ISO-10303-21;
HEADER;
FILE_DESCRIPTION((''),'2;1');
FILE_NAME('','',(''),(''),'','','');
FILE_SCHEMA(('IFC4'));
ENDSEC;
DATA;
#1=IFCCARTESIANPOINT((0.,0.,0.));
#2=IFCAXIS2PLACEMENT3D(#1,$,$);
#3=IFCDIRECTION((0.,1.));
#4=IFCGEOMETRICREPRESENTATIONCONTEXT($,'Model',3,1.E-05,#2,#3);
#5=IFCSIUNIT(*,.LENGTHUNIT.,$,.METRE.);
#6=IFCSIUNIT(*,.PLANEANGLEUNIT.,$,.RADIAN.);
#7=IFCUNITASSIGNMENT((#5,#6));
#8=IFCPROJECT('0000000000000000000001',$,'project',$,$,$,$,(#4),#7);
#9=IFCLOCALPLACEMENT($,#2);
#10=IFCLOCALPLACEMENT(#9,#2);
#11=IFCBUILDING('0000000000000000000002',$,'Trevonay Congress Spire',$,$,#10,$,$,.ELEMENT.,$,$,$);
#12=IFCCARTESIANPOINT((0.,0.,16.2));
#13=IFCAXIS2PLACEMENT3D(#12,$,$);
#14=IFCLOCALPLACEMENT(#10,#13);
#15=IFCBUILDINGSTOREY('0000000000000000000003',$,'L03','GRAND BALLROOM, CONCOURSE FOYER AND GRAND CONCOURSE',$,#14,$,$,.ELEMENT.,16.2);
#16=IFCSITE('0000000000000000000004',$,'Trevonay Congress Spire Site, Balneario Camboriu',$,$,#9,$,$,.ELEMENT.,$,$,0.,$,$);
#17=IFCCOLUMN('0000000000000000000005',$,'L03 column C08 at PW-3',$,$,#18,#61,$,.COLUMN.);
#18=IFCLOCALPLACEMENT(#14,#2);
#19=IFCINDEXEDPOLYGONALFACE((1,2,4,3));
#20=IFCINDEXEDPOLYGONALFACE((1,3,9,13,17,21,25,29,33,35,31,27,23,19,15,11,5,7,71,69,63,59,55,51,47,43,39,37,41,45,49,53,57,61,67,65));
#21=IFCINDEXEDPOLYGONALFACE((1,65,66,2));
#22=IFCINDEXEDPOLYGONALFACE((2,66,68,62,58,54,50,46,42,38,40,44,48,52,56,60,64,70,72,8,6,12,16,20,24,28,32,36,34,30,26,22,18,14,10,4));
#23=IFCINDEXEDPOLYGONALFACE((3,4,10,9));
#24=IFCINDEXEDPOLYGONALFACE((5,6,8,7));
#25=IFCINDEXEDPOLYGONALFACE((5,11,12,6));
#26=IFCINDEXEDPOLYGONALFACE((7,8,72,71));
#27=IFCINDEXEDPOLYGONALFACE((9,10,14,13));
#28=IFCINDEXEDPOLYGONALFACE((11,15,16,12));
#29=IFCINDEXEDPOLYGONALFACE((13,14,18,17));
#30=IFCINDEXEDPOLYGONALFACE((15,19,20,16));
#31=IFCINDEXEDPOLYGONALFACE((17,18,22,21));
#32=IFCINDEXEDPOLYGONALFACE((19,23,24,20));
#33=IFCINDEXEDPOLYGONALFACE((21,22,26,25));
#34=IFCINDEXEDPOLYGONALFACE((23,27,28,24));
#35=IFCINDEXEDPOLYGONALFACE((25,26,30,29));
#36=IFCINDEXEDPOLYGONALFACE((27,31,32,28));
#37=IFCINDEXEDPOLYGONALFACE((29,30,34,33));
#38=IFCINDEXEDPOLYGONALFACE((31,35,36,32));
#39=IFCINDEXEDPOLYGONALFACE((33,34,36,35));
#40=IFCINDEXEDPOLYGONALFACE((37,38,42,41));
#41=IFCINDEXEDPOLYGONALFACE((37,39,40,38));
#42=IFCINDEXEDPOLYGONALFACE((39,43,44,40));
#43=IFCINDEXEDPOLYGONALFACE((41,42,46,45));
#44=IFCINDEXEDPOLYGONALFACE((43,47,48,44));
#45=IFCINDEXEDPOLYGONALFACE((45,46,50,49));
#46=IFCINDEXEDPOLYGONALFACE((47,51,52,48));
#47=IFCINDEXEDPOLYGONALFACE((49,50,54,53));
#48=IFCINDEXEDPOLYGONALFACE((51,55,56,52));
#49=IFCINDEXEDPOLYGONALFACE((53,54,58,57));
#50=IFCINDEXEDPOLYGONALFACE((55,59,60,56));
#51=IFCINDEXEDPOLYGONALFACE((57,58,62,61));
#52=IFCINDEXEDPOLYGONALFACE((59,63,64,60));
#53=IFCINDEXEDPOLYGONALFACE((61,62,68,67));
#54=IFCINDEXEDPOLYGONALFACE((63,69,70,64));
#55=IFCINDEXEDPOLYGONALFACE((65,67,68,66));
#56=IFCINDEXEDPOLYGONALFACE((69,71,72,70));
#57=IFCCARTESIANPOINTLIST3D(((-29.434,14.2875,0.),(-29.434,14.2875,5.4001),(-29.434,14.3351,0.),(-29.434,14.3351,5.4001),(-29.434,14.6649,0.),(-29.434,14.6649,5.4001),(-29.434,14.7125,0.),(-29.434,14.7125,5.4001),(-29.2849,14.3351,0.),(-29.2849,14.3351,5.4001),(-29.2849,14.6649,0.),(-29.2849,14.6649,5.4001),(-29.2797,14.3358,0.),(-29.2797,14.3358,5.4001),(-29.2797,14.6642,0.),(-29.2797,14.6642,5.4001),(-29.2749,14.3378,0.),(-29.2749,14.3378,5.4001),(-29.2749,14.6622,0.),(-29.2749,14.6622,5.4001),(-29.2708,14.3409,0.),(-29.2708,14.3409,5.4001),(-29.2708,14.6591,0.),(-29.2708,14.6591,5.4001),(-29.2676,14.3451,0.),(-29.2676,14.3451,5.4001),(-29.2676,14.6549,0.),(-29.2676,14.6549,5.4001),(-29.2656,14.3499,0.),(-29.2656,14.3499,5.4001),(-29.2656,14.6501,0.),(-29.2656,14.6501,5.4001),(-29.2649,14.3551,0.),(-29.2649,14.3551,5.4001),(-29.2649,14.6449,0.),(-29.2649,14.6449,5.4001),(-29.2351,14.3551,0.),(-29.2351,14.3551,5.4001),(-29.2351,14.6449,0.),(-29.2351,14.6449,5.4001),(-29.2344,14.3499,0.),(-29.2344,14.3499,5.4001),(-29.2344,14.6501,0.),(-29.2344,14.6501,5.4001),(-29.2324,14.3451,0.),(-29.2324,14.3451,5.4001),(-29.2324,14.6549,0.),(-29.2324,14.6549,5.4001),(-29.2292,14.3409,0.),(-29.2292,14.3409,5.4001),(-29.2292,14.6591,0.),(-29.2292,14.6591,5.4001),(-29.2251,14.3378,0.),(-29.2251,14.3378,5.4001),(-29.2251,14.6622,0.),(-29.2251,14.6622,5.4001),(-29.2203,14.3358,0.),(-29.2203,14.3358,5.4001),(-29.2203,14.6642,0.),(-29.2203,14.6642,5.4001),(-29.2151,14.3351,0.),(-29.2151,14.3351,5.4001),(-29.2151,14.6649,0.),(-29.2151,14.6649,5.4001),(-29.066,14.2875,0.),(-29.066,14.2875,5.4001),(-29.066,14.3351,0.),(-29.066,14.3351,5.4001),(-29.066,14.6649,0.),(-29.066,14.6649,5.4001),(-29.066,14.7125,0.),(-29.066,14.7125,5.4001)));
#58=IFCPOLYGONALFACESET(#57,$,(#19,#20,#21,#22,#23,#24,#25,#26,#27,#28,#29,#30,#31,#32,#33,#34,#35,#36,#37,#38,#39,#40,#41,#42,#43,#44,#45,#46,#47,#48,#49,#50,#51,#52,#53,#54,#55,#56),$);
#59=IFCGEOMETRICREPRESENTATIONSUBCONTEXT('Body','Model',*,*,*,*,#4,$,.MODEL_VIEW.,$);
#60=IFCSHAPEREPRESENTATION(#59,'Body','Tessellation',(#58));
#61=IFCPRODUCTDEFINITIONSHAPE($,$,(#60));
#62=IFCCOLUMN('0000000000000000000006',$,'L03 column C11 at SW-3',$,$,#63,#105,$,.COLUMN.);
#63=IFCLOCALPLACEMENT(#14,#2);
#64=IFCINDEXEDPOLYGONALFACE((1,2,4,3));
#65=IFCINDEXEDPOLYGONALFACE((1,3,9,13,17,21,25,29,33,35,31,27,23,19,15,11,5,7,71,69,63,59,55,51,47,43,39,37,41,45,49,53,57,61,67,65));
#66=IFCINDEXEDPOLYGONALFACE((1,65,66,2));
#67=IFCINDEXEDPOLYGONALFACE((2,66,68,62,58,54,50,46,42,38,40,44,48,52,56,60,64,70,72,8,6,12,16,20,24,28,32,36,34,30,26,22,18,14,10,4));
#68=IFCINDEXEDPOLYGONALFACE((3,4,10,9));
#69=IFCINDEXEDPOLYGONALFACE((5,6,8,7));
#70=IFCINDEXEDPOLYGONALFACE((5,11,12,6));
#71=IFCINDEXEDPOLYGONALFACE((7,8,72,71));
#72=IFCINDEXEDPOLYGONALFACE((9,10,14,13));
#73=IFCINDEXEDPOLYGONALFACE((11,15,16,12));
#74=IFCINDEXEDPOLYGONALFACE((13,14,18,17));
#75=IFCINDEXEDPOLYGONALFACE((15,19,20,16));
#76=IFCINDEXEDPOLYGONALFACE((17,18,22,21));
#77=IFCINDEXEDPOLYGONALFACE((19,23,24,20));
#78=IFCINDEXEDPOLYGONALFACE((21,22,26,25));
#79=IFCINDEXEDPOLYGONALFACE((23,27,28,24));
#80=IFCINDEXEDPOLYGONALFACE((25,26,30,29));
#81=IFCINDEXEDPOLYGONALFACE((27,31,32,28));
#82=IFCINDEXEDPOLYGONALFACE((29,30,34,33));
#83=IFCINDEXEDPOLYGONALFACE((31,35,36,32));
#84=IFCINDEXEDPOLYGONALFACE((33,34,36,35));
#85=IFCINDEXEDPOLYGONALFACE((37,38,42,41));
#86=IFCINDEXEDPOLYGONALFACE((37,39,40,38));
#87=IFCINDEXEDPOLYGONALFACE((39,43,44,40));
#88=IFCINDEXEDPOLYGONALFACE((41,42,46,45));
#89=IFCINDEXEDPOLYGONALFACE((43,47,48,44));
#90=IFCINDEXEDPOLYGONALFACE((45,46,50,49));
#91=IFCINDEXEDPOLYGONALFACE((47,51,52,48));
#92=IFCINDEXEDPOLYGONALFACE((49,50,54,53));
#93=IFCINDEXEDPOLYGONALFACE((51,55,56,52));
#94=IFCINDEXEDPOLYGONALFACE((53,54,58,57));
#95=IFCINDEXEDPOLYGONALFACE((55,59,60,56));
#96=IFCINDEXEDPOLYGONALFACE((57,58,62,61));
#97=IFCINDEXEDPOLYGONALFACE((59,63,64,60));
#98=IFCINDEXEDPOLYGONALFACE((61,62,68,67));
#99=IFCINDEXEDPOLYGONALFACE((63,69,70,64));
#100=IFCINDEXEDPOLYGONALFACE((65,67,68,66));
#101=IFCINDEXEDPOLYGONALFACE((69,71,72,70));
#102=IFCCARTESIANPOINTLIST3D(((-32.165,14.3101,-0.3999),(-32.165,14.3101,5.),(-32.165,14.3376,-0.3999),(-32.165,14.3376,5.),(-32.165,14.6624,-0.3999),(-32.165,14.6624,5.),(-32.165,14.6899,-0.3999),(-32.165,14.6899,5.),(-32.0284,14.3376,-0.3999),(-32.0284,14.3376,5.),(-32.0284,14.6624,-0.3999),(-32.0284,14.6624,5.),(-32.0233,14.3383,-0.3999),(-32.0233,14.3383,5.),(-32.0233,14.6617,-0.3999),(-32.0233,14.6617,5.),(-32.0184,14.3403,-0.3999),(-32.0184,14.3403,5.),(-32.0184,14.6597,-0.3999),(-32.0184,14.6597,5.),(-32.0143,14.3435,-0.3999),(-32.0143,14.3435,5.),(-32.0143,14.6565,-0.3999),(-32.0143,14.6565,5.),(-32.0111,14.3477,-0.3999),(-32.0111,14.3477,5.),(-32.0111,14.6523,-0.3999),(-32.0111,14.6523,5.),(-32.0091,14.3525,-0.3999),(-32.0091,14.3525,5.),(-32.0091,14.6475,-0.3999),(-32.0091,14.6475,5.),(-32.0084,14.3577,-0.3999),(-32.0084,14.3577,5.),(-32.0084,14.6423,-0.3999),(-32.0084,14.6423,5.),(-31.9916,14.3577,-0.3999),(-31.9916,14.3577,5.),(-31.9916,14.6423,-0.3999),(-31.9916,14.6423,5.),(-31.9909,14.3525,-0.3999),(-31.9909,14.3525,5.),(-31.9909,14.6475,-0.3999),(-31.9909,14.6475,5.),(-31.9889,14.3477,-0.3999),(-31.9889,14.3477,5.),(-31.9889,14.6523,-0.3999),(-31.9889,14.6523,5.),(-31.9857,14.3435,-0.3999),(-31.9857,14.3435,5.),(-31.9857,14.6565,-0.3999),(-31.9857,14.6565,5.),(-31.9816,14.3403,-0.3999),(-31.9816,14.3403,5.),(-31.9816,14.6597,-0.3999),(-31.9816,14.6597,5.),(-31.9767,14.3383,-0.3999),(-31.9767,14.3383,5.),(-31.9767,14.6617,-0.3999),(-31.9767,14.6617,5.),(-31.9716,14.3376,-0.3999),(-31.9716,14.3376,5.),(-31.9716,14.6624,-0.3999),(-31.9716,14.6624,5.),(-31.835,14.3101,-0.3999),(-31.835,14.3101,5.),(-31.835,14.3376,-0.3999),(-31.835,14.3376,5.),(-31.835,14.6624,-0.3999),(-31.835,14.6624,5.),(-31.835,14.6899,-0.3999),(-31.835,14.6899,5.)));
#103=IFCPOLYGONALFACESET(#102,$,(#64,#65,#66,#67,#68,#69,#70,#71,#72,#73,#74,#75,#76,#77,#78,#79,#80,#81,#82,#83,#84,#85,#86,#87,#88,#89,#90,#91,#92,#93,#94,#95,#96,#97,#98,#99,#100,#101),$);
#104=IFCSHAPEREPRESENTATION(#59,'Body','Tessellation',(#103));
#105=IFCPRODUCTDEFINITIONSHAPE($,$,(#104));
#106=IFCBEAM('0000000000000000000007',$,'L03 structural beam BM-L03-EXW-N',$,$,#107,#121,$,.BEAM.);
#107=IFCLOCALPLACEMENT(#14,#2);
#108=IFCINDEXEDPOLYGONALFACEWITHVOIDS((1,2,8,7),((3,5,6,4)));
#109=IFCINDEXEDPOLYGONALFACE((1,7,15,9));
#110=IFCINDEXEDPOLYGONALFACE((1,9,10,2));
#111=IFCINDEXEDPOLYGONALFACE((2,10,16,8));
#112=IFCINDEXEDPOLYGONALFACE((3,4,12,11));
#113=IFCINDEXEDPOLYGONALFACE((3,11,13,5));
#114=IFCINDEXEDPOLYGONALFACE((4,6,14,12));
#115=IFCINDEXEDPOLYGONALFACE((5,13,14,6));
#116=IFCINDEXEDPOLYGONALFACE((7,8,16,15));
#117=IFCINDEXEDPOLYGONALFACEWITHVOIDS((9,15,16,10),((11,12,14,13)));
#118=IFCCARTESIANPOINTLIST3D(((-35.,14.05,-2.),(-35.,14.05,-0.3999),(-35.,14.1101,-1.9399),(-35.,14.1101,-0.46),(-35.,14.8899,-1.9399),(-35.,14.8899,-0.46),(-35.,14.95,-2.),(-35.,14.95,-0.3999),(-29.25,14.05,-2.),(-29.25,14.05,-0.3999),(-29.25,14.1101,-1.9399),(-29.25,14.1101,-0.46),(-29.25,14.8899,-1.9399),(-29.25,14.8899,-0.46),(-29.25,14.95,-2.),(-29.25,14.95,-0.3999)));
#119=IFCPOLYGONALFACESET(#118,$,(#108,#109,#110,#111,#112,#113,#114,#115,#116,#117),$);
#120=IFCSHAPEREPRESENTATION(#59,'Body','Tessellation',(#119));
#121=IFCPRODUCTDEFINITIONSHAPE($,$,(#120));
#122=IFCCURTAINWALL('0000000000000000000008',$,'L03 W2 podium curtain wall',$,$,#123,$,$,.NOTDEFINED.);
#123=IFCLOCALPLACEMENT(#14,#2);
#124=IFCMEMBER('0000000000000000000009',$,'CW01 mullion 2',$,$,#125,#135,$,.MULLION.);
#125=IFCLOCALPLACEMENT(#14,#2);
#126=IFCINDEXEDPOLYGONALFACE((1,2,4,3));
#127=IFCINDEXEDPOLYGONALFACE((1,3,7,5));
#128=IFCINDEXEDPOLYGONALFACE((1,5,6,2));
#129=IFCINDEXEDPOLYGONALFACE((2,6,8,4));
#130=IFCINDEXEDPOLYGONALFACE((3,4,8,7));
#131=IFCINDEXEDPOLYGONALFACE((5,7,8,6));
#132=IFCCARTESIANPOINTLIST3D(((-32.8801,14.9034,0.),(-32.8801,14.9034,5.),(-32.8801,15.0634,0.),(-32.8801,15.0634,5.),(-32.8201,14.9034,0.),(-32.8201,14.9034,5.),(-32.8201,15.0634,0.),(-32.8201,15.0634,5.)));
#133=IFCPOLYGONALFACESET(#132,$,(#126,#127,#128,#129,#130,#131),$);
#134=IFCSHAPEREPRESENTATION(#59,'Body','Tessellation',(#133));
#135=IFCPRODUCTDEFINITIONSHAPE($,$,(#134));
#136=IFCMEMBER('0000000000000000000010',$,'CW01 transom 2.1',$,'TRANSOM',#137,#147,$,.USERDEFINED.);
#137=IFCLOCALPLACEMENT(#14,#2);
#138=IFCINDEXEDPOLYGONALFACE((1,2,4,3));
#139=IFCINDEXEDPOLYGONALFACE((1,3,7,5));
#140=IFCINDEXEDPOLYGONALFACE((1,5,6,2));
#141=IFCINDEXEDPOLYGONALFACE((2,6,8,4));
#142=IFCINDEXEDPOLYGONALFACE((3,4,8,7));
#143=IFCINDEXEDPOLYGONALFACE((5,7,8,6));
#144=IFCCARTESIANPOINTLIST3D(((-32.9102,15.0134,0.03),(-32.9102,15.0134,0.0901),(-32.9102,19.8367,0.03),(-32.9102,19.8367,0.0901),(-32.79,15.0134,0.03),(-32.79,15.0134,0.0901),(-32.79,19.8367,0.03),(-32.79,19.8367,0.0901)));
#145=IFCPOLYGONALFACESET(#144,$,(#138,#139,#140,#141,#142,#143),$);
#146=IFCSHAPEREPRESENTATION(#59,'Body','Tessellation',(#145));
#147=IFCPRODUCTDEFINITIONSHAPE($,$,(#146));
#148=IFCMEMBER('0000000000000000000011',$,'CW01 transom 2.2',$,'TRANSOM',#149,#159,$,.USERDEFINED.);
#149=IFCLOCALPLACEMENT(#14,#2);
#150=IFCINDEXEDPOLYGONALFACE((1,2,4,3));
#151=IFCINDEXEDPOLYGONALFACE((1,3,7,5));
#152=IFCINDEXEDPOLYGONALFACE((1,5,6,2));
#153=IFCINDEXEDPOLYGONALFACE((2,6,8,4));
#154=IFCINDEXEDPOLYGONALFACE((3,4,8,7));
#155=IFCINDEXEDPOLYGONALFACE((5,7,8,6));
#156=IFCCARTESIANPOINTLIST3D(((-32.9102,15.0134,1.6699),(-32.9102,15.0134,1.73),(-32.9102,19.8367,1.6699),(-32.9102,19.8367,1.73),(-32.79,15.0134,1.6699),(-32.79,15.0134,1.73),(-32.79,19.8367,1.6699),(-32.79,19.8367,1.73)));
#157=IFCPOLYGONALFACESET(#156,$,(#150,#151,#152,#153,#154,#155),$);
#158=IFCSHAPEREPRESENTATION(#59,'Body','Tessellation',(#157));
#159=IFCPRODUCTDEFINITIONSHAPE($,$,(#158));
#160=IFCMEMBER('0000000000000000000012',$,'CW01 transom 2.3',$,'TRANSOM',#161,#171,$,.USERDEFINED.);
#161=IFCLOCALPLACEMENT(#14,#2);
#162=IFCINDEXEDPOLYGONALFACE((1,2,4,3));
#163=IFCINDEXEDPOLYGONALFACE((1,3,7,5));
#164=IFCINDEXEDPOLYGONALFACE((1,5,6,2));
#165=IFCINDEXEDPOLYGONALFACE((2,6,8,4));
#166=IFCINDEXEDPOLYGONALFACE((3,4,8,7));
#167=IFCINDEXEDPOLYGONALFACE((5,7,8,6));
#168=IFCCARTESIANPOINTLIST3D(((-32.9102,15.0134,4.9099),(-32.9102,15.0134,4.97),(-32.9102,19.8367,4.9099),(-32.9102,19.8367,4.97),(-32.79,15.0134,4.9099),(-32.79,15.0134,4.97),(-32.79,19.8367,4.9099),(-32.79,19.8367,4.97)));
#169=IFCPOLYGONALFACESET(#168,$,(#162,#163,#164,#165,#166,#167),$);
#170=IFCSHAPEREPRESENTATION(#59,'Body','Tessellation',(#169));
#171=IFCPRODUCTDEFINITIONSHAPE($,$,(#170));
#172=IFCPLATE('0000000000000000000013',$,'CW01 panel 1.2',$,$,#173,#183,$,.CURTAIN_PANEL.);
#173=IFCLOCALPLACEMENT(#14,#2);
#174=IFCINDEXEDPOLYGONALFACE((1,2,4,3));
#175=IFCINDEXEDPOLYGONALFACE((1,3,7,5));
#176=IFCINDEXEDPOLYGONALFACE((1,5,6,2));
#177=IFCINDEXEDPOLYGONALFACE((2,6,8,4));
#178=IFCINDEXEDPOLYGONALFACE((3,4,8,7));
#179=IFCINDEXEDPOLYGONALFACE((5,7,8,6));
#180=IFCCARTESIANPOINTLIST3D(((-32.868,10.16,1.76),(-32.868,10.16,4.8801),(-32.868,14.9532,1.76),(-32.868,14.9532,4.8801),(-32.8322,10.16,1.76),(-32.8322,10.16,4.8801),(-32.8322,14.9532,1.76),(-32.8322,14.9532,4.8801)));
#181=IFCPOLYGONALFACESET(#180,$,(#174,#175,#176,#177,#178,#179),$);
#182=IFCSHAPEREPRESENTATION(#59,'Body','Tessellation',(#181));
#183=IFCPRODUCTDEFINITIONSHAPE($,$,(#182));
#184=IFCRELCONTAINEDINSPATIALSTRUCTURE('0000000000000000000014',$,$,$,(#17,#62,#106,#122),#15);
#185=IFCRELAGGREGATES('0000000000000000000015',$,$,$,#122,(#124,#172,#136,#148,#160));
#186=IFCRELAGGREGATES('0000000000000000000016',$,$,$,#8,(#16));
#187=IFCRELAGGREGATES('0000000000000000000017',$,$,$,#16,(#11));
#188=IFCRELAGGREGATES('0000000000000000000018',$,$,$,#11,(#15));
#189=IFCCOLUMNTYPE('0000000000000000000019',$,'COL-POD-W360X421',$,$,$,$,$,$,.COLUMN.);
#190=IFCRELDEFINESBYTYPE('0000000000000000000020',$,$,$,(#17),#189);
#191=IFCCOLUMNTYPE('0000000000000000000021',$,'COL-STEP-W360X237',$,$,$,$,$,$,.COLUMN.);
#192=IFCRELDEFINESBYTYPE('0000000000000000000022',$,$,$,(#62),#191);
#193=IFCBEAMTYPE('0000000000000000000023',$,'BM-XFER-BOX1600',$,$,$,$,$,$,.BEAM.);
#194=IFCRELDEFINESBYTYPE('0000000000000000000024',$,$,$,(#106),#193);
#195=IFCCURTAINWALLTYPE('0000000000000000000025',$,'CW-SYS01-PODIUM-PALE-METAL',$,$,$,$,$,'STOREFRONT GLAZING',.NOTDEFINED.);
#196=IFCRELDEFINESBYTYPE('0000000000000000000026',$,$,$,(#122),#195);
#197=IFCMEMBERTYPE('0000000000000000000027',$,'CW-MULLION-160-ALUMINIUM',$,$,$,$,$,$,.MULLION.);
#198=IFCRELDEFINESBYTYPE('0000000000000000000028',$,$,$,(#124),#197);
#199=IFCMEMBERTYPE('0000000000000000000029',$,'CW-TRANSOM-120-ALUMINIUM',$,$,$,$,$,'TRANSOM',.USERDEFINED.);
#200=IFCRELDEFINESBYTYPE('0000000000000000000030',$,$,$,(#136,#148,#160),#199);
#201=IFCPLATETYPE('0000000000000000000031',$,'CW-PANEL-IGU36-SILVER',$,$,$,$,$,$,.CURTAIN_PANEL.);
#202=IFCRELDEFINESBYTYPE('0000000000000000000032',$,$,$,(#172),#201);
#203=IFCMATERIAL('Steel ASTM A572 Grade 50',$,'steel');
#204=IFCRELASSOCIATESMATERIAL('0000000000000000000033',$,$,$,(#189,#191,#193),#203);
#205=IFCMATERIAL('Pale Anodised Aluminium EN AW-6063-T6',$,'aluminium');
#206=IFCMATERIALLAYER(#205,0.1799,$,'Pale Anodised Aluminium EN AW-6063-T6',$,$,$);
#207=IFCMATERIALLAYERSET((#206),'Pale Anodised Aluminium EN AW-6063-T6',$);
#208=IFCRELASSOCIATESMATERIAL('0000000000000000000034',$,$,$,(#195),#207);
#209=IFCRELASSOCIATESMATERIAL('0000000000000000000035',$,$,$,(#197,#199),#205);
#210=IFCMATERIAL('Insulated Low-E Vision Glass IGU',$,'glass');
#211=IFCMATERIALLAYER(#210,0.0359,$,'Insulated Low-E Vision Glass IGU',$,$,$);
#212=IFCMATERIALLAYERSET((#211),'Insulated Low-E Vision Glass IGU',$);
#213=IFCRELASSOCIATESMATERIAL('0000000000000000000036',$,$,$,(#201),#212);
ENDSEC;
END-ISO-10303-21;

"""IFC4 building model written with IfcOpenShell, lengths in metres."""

from ifc_helpers import new_model, si_unit, direction, frame, origin, origin_2d, place, context, subcontext, project, spatial, rectangle, hollow_rectangle, i_section, extrude, material, layer, layer_set, material_profile, profile_set, type_object, element, aggregate, save


model = new_model("IFC4")

# Units and contexts
model_context = context("Model", 3, precision=1e-05, world=origin(), true_north=direction((0.0, 1.0)))
body_context = subcontext(model_context, "Body", "Model", "MODEL_VIEW")
ifc_project = project(units=[si_unit("LENGTHUNIT", "METRE"), si_unit("PLANEANGLEUNIT", "RADIAN")], contexts=[model_context])

# Site, building, storey
site_placement = place(None, origin())
site = spatial("IfcSite", under=ifc_project, at=site_placement, Name="Trevonay Congress Spire Site, Balneario Camboriu", CompositionType="ELEMENT", RefElevation=0.0)
building_placement = place(site_placement, origin())
building = spatial("IfcBuilding", under=site, at=building_placement, Name="Trevonay Congress Spire", CompositionType="ELEMENT")
storey_placement = place(building_placement, frame((0.0, 0.0, 16.2)))
storey = spatial("IfcBuildingStorey", under=building, at=storey_placement, Name="L03", Description="GRAND BALLROOM, CONCOURSE FOYER AND GRAND CONCOURSE", CompositionType="ELEMENT", Elevation=16.2)

# Columns
ifc_material_1 = material(Name="Steel ASTM A572 Grade 50", Category="steel")
ifc_material_profile_1 = material_profile(ifc_material_1, i_section(OverallWidth=0.3679, OverallDepth=0.425, WebThickness=0.0298, FlangeThickness=0.0476, FilletRadius=0.02, at=origin_2d()), Name="W360x421")
ifc_profile_set_1 = profile_set([ifc_material_profile_1], Name="Steel ASTM A572 Grade 50")
column_type_1 = type_object("IfcColumnType", Name="COL-POD-W360X421", PredefinedType="COLUMN", material=ifc_profile_set_1)
column_1_placement = place(storey_placement, frame((-29.25, 14.5, 0.0), z_axis=(0.0, 0.0, 1.0), x_axis=(1.0, 0.0, 0.0)))
element("IfcColumn", 1, at=column_1_placement, inside=storey, type_object=column_type_1, Name="L03 column C08 at PW-3", PredefinedType="COLUMN", context=body_context, shape_type="SweptSolid", body=[
    extrude(i_section(OverallWidth=0.3679, OverallDepth=0.425, WebThickness=0.0298, FlangeThickness=0.0476, FilletRadius=0.02, at=origin_2d()), origin(), (0.0, 0.0, 1.0), 5.4001),
])
ifc_material_profile_2 = material_profile(ifc_material_1, i_section(OverallWidth=0.3301, OverallDepth=0.3799, WebThickness=0.0168, FlangeThickness=0.0276, FilletRadius=0.02, at=origin_2d()), Name="W360x237")
ifc_profile_set_2 = profile_set([ifc_material_profile_2], Name="Steel ASTM A572 Grade 50")
column_type_2 = type_object("IfcColumnType", Name="COL-STEP-W360X237", PredefinedType="COLUMN", material=ifc_profile_set_2)
column_2_placement = place(storey_placement, frame((-32.0, 14.5, -0.3999), z_axis=(0.0, 0.0, 1.0), x_axis=(1.0, 0.0, 0.0)))
element("IfcColumn", 2, at=column_2_placement, inside=storey, type_object=column_type_2, Name="L03 column C11 at SW-3", PredefinedType="COLUMN", context=body_context, shape_type="SweptSolid", body=[
    extrude(i_section(OverallWidth=0.3301, OverallDepth=0.3799, WebThickness=0.0168, FlangeThickness=0.0276, FilletRadius=0.02, at=origin_2d()), origin(), (0.0, 0.0, 1.0), 5.3999),
])

# Beam
ifc_material_profile_3 = material_profile(ifc_material_1, hollow_rectangle(XDim=0.8999, YDim=1.6001, WallThickness=0.0601, at=origin_2d()), Name="BOX 1600x900x60")
ifc_profile_set_3 = profile_set([ifc_material_profile_3], Name="Steel ASTM A572 Grade 50")
beam_type = type_object("IfcBeamType", Name="BM-XFER-BOX1600", PredefinedType="BEAM", material=ifc_profile_set_3)
beam_placement = place(storey_placement, frame((-29.25, 14.5, -1.2), z_axis=(-1.0, 0.0, 0.0), x_axis=(0.0, -1.0, 0.0)))
element("IfcBeam", 3, at=beam_placement, inside=storey, type_object=beam_type, Name="L03 structural beam BM-L03-EXW-N", PredefinedType="BEAM", context=body_context, shape_type="SweptSolid", body=[
    extrude(hollow_rectangle(XDim=0.8999, YDim=1.6001, WallThickness=0.0601, at=origin_2d()), origin(), (0.0, 0.0, 1.0), 5.75),
])

# Curtain wall, members, plate
ifc_material_2 = material(Name="Pale Anodised Aluminium EN AW-6063-T6", Category="aluminium")
ifc_layer_1 = layer(ifc_material_2, 0.1799, Name="Pale Anodised Aluminium EN AW-6063-T6")
ifc_layer_set_1 = layer_set([ifc_layer_1], Name="Pale Anodised Aluminium EN AW-6063-T6")
curtain_wall_type = type_object("IfcCurtainWallType", Name="CW-SYS01-PODIUM-PALE-METAL", ElementType="STOREFRONT GLAZING", PredefinedType="NOTDEFINED", material=ifc_layer_set_1)
curtain_wall_placement = place(storey_placement, origin())
curtain_wall = element("IfcCurtainWall", 4, at=curtain_wall_placement, inside=storey, type_object=curtain_wall_type, Name="L03 W2 podium curtain wall", PredefinedType="NOTDEFINED")
ifc_material_profile_4 = material_profile(ifc_material_2, rectangle(XDim=0.0601, YDim=0.1599, at=origin_2d()), Name="CW-MULLION-160-ALUMINIUM")
ifc_profile_set_4 = profile_set([ifc_material_profile_4], Name="Pale Anodised Aluminium EN AW-6063-T6")
member_type_1 = type_object("IfcMemberType", Name="CW-MULLION-160-ALUMINIUM", PredefinedType="MULLION", material=ifc_profile_set_4)
member_1_placement = place(storey_placement, frame((-32.8501, 14.9834, 0.0), z_axis=(0.0, 0.0, 1.0), x_axis=(-1.0, 0.0, 0.0)))
member_1 = element("IfcMember", 5, at=member_1_placement, type_object=member_type_1, Name="CW01 mullion 2", PredefinedType="MULLION", context=body_context, shape_type="SweptSolid", body=[
    extrude(rectangle(XDim=0.0601, YDim=0.1599, at=origin_2d()), origin(), (0.0, 0.0, 1.0), 5.0),
])
ifc_material_profile_5 = material_profile(ifc_material_2, rectangle(XDim=0.1201, YDim=0.0601, at=origin_2d()), Name="CW-TRANSOM-120-ALUMINIUM")
ifc_profile_set_5 = profile_set([ifc_material_profile_5], Name="Pale Anodised Aluminium EN AW-6063-T6")
member_type_2 = type_object("IfcMemberType", Name="CW-TRANSOM-120-ALUMINIUM", ElementType="TRANSOM", PredefinedType="USERDEFINED", material=ifc_profile_set_5)
member_2_placement = place(storey_placement, frame((-32.8501, 15.0134, 0.0601), z_axis=(0.0, 1.0, 0.0), x_axis=(-1.0, 0.0, 0.0)))
member_2 = element("IfcMember", 6, at=member_2_placement, type_object=member_type_2, Name="CW01 transom 2.1", ObjectType="TRANSOM", PredefinedType="USERDEFINED", context=body_context, shape_type="SweptSolid", body=[
    extrude(rectangle(XDim=0.1201, YDim=0.0601, at=origin_2d()), origin(), (0.0, 0.0, 1.0), 4.8232),
])
member_3_placement = place(storey_placement, frame((-32.8501, 15.0134, 1.7), z_axis=(0.0, 1.0, 0.0), x_axis=(-1.0, 0.0, 0.0)))
member_3 = element("IfcMember", 7, at=member_3_placement, type_object=member_type_2, Name="CW01 transom 2.2", ObjectType="TRANSOM", PredefinedType="USERDEFINED", context=body_context, shape_type="SweptSolid", body=[
    extrude(rectangle(XDim=0.1201, YDim=0.0601, at=origin_2d()), origin(), (0.0, 0.0, 1.0), 4.8232),
])
member_4_placement = place(storey_placement, frame((-32.8501, 15.0134, 4.9399), z_axis=(0.0, 1.0, 0.0), x_axis=(-1.0, 0.0, 0.0)))
member_4 = element("IfcMember", 8, at=member_4_placement, type_object=member_type_2, Name="CW01 transom 2.3", ObjectType="TRANSOM", PredefinedType="USERDEFINED", context=body_context, shape_type="SweptSolid", body=[
    extrude(rectangle(XDim=0.1201, YDim=0.0601, at=origin_2d()), origin(), (0.0, 0.0, 1.0), 4.8232),
])
ifc_material_3 = material(Name="Insulated Low-E Vision Glass IGU", Category="glass")
ifc_layer_2 = layer(ifc_material_3, 0.0359, Name="Insulated Low-E Vision Glass IGU")
ifc_layer_set_2 = layer_set([ifc_layer_2], Name="Insulated Low-E Vision Glass IGU")
plate_type = type_object("IfcPlateType", Name="CW-PANEL-IGU36-SILVER", PredefinedType="CURTAIN_PANEL", material=ifc_layer_set_2)
plate_1_placement = place(storey_placement, frame((-32.8501, 12.5566, 1.76), z_axis=(0.0, 0.0, 1.0), x_axis=(0.0, 1.0, 0.0)))
plate_1 = element("IfcPlate", 9, at=plate_1_placement, type_object=plate_type, Name="CW01 panel 1.2", PredefinedType="CURTAIN_PANEL", context=body_context, shape_type="SweptSolid", body=[
    extrude(rectangle(XDim=4.7932, YDim=0.0359, at=origin_2d()), origin(), (0.0, 0.0, 1.0), 3.1201),
])
aggregate(curtain_wall, [member_1, plate_1, member_2, member_3, member_4])

save(model, "model.ifc")
